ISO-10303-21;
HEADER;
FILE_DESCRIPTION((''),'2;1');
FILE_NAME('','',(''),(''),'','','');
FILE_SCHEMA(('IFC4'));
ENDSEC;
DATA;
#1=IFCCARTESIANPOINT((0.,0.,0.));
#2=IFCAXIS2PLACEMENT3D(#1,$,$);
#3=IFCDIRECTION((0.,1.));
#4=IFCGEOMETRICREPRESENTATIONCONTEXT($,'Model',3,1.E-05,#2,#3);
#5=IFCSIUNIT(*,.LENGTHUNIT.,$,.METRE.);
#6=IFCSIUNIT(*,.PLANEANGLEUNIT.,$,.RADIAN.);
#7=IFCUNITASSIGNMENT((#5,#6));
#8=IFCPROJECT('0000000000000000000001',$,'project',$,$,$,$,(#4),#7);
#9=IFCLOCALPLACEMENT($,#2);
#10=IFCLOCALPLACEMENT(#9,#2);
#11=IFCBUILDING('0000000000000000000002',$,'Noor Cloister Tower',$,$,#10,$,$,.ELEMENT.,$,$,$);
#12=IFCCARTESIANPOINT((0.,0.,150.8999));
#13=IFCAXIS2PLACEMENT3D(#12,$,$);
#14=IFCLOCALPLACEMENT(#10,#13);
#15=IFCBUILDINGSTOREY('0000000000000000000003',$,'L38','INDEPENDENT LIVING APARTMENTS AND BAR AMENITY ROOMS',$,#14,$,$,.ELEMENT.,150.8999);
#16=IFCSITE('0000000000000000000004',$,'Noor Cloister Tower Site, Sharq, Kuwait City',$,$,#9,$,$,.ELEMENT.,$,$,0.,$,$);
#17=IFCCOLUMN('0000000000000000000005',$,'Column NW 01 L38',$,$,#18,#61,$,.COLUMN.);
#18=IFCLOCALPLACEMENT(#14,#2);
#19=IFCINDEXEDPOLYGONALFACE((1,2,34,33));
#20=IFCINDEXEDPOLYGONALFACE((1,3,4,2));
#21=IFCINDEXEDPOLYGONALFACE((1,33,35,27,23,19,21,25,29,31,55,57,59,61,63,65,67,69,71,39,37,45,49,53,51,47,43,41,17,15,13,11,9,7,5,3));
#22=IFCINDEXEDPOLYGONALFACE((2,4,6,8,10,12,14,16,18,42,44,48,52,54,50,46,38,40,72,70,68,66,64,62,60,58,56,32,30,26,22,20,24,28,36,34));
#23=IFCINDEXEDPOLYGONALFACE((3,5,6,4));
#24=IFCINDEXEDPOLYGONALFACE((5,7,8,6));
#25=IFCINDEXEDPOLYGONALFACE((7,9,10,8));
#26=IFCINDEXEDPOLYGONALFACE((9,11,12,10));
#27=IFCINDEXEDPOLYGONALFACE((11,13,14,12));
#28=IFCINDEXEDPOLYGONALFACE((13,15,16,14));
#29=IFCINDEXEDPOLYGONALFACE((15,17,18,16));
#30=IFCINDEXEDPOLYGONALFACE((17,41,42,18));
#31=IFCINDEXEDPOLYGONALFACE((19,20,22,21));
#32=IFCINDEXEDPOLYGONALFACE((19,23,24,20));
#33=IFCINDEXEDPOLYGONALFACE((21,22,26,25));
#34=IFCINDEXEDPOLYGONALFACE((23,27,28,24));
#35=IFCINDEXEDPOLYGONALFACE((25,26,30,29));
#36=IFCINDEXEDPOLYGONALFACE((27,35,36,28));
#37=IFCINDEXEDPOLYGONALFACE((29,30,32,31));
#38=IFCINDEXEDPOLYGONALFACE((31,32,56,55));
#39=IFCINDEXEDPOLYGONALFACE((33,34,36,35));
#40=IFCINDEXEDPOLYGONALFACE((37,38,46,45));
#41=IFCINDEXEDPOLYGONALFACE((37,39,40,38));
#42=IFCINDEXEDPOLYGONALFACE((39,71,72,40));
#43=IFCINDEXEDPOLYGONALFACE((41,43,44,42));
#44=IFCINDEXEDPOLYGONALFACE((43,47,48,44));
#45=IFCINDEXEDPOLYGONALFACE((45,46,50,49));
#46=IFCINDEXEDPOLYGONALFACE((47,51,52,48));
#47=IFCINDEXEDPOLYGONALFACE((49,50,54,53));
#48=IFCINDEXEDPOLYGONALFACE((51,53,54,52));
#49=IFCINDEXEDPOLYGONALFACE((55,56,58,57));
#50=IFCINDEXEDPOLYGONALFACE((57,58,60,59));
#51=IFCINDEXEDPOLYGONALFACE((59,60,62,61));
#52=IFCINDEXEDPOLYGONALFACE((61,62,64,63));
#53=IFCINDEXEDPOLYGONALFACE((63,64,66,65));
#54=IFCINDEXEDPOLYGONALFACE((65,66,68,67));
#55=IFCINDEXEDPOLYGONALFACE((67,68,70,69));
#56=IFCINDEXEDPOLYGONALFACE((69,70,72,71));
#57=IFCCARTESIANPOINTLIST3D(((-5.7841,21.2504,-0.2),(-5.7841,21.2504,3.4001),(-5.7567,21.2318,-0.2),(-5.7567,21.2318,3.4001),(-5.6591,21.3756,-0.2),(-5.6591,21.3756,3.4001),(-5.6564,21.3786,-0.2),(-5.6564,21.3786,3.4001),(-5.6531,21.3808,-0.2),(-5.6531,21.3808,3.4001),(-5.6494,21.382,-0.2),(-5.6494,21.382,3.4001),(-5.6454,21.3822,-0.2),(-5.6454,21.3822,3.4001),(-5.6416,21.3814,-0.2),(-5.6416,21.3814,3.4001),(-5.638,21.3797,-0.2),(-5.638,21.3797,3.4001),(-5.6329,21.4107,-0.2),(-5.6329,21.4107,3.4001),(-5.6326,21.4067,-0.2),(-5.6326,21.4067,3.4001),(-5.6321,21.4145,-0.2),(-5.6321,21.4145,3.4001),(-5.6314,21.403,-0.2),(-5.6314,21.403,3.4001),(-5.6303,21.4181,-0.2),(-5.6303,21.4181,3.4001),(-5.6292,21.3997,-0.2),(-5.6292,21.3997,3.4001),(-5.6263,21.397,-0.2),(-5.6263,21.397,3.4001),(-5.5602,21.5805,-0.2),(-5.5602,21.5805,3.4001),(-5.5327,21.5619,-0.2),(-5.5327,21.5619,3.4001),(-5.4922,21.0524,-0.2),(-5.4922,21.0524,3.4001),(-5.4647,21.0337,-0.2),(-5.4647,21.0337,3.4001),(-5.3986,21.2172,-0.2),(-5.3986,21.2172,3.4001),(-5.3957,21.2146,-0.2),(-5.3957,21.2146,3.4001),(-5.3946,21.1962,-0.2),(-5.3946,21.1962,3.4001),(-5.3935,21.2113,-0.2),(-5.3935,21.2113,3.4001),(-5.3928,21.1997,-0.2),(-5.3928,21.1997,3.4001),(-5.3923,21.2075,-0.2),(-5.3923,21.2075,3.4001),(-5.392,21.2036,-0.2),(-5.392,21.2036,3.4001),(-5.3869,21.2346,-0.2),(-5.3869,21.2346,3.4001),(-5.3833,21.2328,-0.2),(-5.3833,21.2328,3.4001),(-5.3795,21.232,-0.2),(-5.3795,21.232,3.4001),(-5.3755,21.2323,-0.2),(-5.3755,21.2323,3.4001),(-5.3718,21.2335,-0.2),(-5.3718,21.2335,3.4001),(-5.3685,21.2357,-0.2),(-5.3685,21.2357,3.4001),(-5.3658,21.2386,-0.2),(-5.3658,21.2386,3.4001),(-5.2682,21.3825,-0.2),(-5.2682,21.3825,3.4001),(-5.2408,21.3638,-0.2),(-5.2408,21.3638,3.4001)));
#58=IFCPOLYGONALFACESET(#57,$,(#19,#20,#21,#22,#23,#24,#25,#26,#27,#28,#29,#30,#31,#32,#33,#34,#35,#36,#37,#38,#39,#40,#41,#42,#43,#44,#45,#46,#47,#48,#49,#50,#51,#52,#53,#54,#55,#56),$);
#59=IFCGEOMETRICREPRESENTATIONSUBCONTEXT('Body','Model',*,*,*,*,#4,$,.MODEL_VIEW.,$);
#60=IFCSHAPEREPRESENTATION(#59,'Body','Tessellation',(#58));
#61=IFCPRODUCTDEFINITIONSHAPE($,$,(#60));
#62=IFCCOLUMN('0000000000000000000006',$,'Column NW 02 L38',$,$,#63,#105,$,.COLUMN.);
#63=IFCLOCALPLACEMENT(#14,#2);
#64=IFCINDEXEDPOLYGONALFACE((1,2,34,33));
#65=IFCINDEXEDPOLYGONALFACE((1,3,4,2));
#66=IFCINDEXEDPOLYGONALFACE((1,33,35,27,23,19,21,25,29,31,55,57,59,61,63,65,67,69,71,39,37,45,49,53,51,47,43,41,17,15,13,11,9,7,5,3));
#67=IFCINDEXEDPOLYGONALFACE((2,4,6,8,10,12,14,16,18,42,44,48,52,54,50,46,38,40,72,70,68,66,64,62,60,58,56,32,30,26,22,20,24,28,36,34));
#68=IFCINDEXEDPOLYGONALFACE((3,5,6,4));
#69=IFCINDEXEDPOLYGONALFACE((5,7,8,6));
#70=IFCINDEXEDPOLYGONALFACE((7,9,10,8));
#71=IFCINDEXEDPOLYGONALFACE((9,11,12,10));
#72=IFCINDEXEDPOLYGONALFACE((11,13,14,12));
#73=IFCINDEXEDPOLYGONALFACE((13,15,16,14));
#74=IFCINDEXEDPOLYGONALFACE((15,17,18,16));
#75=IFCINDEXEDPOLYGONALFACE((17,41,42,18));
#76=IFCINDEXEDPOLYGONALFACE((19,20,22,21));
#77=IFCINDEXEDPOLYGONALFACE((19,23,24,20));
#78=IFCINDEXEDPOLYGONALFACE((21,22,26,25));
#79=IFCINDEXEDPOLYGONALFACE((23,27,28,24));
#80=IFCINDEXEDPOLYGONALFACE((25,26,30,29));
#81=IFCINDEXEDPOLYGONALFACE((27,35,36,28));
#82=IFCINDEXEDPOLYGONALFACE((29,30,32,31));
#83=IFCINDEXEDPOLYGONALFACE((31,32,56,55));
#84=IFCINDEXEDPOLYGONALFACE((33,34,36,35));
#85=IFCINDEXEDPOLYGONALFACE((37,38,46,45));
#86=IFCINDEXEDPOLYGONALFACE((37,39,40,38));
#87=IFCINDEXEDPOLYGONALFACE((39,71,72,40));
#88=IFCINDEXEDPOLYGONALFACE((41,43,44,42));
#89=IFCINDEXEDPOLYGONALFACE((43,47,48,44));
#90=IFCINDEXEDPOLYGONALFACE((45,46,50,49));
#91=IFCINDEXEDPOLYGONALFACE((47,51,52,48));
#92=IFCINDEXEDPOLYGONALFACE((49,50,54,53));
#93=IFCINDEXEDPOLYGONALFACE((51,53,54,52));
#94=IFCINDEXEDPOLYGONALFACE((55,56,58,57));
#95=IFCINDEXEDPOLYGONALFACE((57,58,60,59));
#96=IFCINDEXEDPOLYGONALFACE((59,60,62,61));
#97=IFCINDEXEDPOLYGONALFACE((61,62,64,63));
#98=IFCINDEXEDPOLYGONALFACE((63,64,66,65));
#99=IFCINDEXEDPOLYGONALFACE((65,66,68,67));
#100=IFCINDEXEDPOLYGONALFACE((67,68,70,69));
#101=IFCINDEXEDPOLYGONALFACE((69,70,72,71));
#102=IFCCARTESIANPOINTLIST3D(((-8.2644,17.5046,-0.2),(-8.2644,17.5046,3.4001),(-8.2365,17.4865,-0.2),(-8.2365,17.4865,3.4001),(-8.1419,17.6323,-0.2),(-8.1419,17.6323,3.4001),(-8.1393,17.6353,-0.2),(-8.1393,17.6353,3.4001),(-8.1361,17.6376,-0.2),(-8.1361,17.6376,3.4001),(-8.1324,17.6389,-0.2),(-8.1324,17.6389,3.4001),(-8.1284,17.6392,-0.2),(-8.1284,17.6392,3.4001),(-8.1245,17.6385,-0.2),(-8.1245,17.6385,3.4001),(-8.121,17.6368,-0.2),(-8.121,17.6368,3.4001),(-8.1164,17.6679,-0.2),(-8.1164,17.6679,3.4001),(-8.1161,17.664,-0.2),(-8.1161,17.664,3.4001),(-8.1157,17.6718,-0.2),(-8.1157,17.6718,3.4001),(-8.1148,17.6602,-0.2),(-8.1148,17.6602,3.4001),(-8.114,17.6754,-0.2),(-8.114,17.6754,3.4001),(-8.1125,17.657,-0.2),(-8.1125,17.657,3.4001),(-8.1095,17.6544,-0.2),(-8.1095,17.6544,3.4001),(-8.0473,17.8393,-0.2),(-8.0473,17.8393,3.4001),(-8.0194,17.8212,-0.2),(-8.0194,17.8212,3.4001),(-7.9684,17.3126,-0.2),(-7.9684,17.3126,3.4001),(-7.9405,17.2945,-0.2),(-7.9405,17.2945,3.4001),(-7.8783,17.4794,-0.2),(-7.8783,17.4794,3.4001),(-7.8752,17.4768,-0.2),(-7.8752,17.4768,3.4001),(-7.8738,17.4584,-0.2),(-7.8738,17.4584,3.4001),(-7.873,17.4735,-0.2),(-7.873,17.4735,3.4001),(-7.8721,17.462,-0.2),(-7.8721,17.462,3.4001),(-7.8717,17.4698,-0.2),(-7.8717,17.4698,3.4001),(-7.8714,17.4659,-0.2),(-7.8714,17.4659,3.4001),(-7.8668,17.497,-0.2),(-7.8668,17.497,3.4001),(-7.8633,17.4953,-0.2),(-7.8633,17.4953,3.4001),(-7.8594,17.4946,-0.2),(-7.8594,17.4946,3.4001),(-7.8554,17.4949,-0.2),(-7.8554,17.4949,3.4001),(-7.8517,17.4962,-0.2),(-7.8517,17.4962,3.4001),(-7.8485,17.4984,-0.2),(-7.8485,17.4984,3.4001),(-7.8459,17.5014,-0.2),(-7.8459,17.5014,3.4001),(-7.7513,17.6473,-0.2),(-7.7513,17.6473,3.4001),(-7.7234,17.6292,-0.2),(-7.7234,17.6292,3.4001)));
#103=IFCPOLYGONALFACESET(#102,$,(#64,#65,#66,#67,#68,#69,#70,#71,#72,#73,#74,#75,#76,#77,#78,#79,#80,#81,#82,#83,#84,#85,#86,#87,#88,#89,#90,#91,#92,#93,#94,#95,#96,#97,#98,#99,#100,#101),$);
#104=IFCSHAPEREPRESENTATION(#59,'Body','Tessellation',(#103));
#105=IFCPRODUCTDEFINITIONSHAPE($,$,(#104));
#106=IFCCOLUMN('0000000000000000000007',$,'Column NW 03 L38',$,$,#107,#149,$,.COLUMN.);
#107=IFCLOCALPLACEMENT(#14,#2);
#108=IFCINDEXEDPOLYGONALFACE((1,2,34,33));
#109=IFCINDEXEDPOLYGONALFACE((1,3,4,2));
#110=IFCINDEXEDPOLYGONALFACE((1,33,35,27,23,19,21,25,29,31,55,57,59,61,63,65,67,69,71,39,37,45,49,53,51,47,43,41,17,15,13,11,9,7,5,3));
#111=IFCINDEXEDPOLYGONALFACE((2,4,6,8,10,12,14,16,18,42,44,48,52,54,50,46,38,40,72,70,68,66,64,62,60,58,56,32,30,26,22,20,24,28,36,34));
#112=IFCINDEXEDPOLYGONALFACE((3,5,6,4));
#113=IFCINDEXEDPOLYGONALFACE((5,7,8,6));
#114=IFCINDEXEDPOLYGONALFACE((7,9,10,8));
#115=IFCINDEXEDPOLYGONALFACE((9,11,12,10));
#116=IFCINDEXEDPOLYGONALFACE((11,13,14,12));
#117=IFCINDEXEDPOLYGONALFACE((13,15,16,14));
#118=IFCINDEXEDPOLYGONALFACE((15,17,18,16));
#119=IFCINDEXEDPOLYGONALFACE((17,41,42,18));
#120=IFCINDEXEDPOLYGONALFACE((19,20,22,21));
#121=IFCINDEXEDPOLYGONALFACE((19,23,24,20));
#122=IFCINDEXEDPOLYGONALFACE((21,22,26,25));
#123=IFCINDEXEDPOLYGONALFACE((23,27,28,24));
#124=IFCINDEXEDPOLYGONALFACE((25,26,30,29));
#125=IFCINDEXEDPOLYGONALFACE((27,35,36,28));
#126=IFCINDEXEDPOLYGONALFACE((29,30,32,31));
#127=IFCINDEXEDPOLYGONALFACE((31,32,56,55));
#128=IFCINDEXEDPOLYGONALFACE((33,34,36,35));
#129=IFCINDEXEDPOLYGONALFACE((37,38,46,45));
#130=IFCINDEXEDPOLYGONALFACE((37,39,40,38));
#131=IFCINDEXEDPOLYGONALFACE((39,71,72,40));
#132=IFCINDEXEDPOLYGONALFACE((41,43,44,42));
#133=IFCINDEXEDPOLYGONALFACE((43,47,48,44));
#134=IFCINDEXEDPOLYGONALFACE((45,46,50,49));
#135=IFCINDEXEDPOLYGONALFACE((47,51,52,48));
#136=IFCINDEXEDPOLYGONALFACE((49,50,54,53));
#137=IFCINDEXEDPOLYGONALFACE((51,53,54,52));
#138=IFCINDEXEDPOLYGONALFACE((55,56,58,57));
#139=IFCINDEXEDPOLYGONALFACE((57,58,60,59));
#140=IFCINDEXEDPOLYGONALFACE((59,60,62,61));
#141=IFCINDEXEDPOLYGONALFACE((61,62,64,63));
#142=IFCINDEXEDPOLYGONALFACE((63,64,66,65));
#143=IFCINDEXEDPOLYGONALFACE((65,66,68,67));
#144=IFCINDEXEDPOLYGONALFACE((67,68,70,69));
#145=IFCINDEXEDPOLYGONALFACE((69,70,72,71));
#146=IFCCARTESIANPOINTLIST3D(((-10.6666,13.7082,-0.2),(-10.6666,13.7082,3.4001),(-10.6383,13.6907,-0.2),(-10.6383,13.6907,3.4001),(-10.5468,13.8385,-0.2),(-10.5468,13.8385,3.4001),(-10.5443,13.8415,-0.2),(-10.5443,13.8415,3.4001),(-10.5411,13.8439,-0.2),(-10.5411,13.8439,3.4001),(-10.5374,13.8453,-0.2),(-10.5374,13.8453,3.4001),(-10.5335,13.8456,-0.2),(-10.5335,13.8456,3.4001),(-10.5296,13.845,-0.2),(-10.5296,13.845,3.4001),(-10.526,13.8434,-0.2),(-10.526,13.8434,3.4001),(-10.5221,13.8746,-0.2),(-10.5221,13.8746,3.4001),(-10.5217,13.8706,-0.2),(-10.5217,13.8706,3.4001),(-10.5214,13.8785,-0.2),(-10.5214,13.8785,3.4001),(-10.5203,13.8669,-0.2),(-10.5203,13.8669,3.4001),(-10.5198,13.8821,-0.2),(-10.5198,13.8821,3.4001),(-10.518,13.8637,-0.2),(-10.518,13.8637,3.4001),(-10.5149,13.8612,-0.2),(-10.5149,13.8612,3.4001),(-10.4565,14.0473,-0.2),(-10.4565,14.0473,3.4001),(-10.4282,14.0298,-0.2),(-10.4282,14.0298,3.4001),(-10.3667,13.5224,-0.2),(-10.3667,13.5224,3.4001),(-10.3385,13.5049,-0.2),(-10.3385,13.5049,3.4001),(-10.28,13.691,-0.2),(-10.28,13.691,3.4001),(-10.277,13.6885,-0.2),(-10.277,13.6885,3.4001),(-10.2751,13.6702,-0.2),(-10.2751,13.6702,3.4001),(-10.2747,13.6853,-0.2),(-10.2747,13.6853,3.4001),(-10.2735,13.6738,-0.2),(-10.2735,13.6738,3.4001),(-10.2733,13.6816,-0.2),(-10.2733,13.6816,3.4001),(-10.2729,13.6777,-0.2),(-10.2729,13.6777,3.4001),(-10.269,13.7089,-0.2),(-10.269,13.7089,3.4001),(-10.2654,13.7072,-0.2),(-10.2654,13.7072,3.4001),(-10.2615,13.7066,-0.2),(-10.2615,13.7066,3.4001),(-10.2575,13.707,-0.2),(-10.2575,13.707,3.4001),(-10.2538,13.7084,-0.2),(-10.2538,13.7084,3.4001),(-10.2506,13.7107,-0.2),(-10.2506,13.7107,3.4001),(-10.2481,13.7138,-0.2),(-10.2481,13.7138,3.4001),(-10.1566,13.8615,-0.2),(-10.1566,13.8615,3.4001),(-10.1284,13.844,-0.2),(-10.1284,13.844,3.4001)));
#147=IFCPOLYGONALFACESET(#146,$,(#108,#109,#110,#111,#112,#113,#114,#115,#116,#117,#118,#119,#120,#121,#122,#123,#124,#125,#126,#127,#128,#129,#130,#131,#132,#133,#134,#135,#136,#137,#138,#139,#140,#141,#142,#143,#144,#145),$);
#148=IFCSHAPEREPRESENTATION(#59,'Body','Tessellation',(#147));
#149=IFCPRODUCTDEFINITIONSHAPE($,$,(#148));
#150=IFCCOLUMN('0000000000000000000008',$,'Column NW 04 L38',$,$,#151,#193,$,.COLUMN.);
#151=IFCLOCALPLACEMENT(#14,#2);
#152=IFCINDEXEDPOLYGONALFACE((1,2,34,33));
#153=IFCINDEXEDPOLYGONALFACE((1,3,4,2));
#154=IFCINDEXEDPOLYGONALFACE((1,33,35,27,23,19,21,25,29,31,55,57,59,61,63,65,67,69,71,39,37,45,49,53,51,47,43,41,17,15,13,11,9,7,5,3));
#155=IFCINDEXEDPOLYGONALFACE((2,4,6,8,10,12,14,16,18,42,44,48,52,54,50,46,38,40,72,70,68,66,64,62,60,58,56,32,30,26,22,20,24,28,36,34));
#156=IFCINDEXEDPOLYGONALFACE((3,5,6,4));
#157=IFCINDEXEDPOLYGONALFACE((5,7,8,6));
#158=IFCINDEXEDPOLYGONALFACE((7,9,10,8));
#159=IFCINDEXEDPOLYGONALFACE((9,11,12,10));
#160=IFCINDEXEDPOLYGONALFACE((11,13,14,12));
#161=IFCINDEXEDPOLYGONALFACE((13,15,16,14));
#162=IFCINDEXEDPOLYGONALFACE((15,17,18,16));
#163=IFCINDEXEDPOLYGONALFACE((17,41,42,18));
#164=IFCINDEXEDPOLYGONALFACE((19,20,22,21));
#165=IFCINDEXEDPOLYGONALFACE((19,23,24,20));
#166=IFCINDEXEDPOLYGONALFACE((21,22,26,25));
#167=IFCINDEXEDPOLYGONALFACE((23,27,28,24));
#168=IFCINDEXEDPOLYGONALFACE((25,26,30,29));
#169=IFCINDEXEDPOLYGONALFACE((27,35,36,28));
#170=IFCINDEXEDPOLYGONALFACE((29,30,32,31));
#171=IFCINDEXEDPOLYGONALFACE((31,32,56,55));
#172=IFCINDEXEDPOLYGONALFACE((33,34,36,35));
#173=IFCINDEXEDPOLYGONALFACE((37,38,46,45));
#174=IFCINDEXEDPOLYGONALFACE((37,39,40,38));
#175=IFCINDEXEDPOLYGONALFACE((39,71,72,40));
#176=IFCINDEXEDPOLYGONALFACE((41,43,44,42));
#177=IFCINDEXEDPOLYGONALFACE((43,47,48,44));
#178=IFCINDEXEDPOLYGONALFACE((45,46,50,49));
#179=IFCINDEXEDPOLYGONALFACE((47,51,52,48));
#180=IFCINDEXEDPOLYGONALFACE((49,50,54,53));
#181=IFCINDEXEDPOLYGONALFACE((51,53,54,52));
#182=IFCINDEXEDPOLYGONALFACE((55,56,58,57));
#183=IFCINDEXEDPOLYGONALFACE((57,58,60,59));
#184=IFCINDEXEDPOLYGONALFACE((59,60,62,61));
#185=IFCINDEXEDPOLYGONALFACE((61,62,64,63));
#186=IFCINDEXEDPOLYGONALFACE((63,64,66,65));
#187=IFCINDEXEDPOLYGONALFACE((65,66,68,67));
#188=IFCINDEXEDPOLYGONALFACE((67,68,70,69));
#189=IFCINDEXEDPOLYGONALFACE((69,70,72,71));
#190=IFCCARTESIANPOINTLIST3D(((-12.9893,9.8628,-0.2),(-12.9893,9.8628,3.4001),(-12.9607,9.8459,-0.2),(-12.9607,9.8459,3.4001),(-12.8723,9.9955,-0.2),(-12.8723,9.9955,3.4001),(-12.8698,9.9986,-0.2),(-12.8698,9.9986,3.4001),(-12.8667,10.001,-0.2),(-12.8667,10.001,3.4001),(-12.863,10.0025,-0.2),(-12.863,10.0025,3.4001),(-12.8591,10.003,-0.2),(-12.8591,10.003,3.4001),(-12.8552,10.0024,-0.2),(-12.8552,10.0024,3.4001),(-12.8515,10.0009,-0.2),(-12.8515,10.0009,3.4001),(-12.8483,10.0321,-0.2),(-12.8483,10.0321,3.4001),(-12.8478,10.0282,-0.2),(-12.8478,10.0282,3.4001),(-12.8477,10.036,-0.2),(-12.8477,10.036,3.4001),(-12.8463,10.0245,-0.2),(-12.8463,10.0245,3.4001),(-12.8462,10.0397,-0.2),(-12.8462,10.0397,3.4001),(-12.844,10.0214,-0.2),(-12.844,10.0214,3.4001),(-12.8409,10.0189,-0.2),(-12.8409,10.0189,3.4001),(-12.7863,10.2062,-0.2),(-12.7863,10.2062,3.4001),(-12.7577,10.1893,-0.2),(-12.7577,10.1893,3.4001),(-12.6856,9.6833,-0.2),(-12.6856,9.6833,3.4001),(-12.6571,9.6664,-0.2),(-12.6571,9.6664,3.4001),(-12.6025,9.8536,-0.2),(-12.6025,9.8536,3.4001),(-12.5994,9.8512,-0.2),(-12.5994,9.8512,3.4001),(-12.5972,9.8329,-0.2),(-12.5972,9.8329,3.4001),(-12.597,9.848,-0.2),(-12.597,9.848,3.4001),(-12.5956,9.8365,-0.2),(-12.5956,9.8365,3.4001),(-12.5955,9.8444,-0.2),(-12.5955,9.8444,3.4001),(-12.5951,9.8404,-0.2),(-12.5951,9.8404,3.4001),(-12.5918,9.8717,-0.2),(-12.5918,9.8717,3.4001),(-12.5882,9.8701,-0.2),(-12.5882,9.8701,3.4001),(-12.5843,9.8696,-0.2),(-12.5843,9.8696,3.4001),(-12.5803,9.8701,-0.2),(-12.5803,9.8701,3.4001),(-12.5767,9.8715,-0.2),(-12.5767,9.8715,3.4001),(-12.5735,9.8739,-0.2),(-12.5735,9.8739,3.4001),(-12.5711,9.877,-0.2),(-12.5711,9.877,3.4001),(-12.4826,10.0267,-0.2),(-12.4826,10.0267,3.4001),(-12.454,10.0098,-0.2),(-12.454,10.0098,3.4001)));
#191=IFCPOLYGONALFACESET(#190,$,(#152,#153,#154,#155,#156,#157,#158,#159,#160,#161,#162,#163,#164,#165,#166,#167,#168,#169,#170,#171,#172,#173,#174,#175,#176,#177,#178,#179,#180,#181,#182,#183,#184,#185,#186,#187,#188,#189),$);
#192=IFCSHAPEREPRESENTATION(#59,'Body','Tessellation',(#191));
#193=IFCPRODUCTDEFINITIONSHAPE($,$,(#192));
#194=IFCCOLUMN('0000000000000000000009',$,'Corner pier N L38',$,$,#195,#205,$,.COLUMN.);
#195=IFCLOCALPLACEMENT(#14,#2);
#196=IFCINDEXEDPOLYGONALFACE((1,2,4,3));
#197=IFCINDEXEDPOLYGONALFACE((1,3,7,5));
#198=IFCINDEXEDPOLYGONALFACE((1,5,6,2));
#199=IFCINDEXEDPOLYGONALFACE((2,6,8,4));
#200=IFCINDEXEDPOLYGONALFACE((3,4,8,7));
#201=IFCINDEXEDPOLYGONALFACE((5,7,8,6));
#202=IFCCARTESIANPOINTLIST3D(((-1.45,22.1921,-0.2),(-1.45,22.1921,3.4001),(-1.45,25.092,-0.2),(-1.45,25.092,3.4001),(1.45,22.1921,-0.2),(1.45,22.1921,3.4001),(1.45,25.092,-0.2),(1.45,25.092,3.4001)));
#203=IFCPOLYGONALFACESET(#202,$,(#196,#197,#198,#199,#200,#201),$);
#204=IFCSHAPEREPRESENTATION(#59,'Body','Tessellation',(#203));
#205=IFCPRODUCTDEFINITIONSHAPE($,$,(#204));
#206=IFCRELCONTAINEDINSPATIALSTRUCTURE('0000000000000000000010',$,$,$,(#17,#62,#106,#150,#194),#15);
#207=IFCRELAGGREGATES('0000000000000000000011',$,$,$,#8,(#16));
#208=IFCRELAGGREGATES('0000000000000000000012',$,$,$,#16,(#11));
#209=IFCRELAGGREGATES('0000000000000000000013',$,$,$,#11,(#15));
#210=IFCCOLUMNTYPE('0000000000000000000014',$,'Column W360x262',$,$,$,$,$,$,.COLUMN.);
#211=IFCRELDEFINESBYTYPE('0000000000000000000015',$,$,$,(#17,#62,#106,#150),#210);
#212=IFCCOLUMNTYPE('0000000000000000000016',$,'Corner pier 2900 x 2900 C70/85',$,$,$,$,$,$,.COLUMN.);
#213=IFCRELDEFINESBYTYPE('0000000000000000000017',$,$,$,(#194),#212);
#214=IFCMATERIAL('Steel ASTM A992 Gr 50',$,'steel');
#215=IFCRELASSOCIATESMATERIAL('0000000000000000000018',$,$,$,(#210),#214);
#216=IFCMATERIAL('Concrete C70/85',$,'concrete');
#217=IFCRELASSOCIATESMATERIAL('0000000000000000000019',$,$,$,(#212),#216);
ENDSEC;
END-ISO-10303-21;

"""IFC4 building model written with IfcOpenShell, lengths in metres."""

from ifc_helpers import new_model, si_unit, direction, frame, origin, origin_2d, place, context, subcontext, project, spatial, rectangle, i_section, extrude, material, material_profile, profile_set, type_object, element, save


model = new_model("IFC4")

# Units and contexts
model_context = context("Model", 3, precision=1e-05, world=origin(), true_north=direction((0.0, 1.0)))
body_context = subcontext(model_context, "Body", "Model", "MODEL_VIEW")
ifc_project = project(units=[si_unit("LENGTHUNIT", "METRE"), si_unit("PLANEANGLEUNIT", "RADIAN")], contexts=[model_context])

# Site, building, storey
site_placement = place(None, origin())
site = spatial("IfcSite", under=ifc_project, at=site_placement, Name="Noor Cloister Tower Site, Sharq, Kuwait City", CompositionType="ELEMENT", RefElevation=0.0)
building_placement = place(site_placement, origin())
building = spatial("IfcBuilding", under=site, at=building_placement, Name="Noor Cloister Tower", CompositionType="ELEMENT")
storey_placement = place(building_placement, frame((0.0, 0.0, 150.8999)))
storey = spatial("IfcBuildingStorey", under=building, at=storey_placement, Name="L38", Description="INDEPENDENT LIVING APARTMENTS AND BAR AMENITY ROOMS", CompositionType="ELEMENT", Elevation=150.8999)

# Columns
ifc_material_1 = material(Name="Steel ASTM A992 Gr 50", Category="steel")
ifc_material_profile_1 = material_profile(ifc_material_1, i_section(OverallWidth=0.3989, OverallDepth=0.386, WebThickness=0.021, FlangeThickness=0.0332, FilletRadius=0.0151, at=origin_2d()), Name="W360x262")
ifc_profile_set_1 = profile_set([ifc_material_profile_1], Name="Steel ASTM A992 Gr 50")
column_type_1 = type_object("IfcColumnType", Name="Column W360x262", PredefinedType="COLUMN", material=ifc_profile_set_1)
for number, where, z_axis, x_axis, name in (
    (1, (-5.5125, 21.3071, -0.2), (0.0, 0.0, 1.0), (-0.56146, -0.827504, 0.0), "Column NW 01 L38"),
    (2, (-7.9939, 17.5669, -0.2), (0.0, 0.0, 1.0), (-0.544188, -0.838964, 0.0), "Column NW 02 L38"),
    (3, (-10.3975, 13.7761, -0.2), (0.0, 0.0, 1.0), (-0.526681, -0.850063, 0.0), "Column NW 03 L38"),
    (4, (-12.7217, 9.9363, -0.2), (0.0, 0.0, 1.0), (-0.508949, -0.860797, 0.0), "Column NW 04 L38"),
):
    element("IfcColumn", number, at=place(storey_placement, frame(where, z_axis=z_axis, x_axis=x_axis)), inside=storey, type_object=column_type_1, Name=name, PredefinedType="COLUMN", context=body_context, shape_type="SweptSolid", body=[
        extrude(i_section(OverallWidth=0.3989, OverallDepth=0.386, WebThickness=0.021, FlangeThickness=0.0332, FilletRadius=0.0151, at=origin_2d()), origin(), (0.0, 0.0, 1.0), 3.6001),
    ])
ifc_material_2 = material(Name="Concrete C70/85", Category="concrete")
ifc_material_profile_2 = material_profile(ifc_material_2, rectangle(XDim=2.8999, YDim=2.8999, at=origin_2d()), Name="RC 2900x2900")
ifc_profile_set_2 = profile_set([ifc_material_profile_2], Name="Concrete C70/85")
column_type_2 = type_object("IfcColumnType", Name="Corner pier 2900 x 2900 C70/85", PredefinedType="COLUMN", material=ifc_profile_set_2)
column_placement = place(storey_placement, frame((0.0, 23.6421, -0.2), z_axis=(0.0, 0.0, 1.0), x_axis=(0.0, 1.0, 0.0)))
element("IfcColumn", 5, at=column_placement, inside=storey, type_object=column_type_2, Name="Corner pier N L38", PredefinedType="COLUMN", context=body_context, shape_type="SweptSolid", body=[
    extrude(rectangle(XDim=2.8999, YDim=2.8999, at=origin_2d()), origin(), (0.0, 0.0, 1.0), 3.6001),
])

save(model, "model.ifc")
